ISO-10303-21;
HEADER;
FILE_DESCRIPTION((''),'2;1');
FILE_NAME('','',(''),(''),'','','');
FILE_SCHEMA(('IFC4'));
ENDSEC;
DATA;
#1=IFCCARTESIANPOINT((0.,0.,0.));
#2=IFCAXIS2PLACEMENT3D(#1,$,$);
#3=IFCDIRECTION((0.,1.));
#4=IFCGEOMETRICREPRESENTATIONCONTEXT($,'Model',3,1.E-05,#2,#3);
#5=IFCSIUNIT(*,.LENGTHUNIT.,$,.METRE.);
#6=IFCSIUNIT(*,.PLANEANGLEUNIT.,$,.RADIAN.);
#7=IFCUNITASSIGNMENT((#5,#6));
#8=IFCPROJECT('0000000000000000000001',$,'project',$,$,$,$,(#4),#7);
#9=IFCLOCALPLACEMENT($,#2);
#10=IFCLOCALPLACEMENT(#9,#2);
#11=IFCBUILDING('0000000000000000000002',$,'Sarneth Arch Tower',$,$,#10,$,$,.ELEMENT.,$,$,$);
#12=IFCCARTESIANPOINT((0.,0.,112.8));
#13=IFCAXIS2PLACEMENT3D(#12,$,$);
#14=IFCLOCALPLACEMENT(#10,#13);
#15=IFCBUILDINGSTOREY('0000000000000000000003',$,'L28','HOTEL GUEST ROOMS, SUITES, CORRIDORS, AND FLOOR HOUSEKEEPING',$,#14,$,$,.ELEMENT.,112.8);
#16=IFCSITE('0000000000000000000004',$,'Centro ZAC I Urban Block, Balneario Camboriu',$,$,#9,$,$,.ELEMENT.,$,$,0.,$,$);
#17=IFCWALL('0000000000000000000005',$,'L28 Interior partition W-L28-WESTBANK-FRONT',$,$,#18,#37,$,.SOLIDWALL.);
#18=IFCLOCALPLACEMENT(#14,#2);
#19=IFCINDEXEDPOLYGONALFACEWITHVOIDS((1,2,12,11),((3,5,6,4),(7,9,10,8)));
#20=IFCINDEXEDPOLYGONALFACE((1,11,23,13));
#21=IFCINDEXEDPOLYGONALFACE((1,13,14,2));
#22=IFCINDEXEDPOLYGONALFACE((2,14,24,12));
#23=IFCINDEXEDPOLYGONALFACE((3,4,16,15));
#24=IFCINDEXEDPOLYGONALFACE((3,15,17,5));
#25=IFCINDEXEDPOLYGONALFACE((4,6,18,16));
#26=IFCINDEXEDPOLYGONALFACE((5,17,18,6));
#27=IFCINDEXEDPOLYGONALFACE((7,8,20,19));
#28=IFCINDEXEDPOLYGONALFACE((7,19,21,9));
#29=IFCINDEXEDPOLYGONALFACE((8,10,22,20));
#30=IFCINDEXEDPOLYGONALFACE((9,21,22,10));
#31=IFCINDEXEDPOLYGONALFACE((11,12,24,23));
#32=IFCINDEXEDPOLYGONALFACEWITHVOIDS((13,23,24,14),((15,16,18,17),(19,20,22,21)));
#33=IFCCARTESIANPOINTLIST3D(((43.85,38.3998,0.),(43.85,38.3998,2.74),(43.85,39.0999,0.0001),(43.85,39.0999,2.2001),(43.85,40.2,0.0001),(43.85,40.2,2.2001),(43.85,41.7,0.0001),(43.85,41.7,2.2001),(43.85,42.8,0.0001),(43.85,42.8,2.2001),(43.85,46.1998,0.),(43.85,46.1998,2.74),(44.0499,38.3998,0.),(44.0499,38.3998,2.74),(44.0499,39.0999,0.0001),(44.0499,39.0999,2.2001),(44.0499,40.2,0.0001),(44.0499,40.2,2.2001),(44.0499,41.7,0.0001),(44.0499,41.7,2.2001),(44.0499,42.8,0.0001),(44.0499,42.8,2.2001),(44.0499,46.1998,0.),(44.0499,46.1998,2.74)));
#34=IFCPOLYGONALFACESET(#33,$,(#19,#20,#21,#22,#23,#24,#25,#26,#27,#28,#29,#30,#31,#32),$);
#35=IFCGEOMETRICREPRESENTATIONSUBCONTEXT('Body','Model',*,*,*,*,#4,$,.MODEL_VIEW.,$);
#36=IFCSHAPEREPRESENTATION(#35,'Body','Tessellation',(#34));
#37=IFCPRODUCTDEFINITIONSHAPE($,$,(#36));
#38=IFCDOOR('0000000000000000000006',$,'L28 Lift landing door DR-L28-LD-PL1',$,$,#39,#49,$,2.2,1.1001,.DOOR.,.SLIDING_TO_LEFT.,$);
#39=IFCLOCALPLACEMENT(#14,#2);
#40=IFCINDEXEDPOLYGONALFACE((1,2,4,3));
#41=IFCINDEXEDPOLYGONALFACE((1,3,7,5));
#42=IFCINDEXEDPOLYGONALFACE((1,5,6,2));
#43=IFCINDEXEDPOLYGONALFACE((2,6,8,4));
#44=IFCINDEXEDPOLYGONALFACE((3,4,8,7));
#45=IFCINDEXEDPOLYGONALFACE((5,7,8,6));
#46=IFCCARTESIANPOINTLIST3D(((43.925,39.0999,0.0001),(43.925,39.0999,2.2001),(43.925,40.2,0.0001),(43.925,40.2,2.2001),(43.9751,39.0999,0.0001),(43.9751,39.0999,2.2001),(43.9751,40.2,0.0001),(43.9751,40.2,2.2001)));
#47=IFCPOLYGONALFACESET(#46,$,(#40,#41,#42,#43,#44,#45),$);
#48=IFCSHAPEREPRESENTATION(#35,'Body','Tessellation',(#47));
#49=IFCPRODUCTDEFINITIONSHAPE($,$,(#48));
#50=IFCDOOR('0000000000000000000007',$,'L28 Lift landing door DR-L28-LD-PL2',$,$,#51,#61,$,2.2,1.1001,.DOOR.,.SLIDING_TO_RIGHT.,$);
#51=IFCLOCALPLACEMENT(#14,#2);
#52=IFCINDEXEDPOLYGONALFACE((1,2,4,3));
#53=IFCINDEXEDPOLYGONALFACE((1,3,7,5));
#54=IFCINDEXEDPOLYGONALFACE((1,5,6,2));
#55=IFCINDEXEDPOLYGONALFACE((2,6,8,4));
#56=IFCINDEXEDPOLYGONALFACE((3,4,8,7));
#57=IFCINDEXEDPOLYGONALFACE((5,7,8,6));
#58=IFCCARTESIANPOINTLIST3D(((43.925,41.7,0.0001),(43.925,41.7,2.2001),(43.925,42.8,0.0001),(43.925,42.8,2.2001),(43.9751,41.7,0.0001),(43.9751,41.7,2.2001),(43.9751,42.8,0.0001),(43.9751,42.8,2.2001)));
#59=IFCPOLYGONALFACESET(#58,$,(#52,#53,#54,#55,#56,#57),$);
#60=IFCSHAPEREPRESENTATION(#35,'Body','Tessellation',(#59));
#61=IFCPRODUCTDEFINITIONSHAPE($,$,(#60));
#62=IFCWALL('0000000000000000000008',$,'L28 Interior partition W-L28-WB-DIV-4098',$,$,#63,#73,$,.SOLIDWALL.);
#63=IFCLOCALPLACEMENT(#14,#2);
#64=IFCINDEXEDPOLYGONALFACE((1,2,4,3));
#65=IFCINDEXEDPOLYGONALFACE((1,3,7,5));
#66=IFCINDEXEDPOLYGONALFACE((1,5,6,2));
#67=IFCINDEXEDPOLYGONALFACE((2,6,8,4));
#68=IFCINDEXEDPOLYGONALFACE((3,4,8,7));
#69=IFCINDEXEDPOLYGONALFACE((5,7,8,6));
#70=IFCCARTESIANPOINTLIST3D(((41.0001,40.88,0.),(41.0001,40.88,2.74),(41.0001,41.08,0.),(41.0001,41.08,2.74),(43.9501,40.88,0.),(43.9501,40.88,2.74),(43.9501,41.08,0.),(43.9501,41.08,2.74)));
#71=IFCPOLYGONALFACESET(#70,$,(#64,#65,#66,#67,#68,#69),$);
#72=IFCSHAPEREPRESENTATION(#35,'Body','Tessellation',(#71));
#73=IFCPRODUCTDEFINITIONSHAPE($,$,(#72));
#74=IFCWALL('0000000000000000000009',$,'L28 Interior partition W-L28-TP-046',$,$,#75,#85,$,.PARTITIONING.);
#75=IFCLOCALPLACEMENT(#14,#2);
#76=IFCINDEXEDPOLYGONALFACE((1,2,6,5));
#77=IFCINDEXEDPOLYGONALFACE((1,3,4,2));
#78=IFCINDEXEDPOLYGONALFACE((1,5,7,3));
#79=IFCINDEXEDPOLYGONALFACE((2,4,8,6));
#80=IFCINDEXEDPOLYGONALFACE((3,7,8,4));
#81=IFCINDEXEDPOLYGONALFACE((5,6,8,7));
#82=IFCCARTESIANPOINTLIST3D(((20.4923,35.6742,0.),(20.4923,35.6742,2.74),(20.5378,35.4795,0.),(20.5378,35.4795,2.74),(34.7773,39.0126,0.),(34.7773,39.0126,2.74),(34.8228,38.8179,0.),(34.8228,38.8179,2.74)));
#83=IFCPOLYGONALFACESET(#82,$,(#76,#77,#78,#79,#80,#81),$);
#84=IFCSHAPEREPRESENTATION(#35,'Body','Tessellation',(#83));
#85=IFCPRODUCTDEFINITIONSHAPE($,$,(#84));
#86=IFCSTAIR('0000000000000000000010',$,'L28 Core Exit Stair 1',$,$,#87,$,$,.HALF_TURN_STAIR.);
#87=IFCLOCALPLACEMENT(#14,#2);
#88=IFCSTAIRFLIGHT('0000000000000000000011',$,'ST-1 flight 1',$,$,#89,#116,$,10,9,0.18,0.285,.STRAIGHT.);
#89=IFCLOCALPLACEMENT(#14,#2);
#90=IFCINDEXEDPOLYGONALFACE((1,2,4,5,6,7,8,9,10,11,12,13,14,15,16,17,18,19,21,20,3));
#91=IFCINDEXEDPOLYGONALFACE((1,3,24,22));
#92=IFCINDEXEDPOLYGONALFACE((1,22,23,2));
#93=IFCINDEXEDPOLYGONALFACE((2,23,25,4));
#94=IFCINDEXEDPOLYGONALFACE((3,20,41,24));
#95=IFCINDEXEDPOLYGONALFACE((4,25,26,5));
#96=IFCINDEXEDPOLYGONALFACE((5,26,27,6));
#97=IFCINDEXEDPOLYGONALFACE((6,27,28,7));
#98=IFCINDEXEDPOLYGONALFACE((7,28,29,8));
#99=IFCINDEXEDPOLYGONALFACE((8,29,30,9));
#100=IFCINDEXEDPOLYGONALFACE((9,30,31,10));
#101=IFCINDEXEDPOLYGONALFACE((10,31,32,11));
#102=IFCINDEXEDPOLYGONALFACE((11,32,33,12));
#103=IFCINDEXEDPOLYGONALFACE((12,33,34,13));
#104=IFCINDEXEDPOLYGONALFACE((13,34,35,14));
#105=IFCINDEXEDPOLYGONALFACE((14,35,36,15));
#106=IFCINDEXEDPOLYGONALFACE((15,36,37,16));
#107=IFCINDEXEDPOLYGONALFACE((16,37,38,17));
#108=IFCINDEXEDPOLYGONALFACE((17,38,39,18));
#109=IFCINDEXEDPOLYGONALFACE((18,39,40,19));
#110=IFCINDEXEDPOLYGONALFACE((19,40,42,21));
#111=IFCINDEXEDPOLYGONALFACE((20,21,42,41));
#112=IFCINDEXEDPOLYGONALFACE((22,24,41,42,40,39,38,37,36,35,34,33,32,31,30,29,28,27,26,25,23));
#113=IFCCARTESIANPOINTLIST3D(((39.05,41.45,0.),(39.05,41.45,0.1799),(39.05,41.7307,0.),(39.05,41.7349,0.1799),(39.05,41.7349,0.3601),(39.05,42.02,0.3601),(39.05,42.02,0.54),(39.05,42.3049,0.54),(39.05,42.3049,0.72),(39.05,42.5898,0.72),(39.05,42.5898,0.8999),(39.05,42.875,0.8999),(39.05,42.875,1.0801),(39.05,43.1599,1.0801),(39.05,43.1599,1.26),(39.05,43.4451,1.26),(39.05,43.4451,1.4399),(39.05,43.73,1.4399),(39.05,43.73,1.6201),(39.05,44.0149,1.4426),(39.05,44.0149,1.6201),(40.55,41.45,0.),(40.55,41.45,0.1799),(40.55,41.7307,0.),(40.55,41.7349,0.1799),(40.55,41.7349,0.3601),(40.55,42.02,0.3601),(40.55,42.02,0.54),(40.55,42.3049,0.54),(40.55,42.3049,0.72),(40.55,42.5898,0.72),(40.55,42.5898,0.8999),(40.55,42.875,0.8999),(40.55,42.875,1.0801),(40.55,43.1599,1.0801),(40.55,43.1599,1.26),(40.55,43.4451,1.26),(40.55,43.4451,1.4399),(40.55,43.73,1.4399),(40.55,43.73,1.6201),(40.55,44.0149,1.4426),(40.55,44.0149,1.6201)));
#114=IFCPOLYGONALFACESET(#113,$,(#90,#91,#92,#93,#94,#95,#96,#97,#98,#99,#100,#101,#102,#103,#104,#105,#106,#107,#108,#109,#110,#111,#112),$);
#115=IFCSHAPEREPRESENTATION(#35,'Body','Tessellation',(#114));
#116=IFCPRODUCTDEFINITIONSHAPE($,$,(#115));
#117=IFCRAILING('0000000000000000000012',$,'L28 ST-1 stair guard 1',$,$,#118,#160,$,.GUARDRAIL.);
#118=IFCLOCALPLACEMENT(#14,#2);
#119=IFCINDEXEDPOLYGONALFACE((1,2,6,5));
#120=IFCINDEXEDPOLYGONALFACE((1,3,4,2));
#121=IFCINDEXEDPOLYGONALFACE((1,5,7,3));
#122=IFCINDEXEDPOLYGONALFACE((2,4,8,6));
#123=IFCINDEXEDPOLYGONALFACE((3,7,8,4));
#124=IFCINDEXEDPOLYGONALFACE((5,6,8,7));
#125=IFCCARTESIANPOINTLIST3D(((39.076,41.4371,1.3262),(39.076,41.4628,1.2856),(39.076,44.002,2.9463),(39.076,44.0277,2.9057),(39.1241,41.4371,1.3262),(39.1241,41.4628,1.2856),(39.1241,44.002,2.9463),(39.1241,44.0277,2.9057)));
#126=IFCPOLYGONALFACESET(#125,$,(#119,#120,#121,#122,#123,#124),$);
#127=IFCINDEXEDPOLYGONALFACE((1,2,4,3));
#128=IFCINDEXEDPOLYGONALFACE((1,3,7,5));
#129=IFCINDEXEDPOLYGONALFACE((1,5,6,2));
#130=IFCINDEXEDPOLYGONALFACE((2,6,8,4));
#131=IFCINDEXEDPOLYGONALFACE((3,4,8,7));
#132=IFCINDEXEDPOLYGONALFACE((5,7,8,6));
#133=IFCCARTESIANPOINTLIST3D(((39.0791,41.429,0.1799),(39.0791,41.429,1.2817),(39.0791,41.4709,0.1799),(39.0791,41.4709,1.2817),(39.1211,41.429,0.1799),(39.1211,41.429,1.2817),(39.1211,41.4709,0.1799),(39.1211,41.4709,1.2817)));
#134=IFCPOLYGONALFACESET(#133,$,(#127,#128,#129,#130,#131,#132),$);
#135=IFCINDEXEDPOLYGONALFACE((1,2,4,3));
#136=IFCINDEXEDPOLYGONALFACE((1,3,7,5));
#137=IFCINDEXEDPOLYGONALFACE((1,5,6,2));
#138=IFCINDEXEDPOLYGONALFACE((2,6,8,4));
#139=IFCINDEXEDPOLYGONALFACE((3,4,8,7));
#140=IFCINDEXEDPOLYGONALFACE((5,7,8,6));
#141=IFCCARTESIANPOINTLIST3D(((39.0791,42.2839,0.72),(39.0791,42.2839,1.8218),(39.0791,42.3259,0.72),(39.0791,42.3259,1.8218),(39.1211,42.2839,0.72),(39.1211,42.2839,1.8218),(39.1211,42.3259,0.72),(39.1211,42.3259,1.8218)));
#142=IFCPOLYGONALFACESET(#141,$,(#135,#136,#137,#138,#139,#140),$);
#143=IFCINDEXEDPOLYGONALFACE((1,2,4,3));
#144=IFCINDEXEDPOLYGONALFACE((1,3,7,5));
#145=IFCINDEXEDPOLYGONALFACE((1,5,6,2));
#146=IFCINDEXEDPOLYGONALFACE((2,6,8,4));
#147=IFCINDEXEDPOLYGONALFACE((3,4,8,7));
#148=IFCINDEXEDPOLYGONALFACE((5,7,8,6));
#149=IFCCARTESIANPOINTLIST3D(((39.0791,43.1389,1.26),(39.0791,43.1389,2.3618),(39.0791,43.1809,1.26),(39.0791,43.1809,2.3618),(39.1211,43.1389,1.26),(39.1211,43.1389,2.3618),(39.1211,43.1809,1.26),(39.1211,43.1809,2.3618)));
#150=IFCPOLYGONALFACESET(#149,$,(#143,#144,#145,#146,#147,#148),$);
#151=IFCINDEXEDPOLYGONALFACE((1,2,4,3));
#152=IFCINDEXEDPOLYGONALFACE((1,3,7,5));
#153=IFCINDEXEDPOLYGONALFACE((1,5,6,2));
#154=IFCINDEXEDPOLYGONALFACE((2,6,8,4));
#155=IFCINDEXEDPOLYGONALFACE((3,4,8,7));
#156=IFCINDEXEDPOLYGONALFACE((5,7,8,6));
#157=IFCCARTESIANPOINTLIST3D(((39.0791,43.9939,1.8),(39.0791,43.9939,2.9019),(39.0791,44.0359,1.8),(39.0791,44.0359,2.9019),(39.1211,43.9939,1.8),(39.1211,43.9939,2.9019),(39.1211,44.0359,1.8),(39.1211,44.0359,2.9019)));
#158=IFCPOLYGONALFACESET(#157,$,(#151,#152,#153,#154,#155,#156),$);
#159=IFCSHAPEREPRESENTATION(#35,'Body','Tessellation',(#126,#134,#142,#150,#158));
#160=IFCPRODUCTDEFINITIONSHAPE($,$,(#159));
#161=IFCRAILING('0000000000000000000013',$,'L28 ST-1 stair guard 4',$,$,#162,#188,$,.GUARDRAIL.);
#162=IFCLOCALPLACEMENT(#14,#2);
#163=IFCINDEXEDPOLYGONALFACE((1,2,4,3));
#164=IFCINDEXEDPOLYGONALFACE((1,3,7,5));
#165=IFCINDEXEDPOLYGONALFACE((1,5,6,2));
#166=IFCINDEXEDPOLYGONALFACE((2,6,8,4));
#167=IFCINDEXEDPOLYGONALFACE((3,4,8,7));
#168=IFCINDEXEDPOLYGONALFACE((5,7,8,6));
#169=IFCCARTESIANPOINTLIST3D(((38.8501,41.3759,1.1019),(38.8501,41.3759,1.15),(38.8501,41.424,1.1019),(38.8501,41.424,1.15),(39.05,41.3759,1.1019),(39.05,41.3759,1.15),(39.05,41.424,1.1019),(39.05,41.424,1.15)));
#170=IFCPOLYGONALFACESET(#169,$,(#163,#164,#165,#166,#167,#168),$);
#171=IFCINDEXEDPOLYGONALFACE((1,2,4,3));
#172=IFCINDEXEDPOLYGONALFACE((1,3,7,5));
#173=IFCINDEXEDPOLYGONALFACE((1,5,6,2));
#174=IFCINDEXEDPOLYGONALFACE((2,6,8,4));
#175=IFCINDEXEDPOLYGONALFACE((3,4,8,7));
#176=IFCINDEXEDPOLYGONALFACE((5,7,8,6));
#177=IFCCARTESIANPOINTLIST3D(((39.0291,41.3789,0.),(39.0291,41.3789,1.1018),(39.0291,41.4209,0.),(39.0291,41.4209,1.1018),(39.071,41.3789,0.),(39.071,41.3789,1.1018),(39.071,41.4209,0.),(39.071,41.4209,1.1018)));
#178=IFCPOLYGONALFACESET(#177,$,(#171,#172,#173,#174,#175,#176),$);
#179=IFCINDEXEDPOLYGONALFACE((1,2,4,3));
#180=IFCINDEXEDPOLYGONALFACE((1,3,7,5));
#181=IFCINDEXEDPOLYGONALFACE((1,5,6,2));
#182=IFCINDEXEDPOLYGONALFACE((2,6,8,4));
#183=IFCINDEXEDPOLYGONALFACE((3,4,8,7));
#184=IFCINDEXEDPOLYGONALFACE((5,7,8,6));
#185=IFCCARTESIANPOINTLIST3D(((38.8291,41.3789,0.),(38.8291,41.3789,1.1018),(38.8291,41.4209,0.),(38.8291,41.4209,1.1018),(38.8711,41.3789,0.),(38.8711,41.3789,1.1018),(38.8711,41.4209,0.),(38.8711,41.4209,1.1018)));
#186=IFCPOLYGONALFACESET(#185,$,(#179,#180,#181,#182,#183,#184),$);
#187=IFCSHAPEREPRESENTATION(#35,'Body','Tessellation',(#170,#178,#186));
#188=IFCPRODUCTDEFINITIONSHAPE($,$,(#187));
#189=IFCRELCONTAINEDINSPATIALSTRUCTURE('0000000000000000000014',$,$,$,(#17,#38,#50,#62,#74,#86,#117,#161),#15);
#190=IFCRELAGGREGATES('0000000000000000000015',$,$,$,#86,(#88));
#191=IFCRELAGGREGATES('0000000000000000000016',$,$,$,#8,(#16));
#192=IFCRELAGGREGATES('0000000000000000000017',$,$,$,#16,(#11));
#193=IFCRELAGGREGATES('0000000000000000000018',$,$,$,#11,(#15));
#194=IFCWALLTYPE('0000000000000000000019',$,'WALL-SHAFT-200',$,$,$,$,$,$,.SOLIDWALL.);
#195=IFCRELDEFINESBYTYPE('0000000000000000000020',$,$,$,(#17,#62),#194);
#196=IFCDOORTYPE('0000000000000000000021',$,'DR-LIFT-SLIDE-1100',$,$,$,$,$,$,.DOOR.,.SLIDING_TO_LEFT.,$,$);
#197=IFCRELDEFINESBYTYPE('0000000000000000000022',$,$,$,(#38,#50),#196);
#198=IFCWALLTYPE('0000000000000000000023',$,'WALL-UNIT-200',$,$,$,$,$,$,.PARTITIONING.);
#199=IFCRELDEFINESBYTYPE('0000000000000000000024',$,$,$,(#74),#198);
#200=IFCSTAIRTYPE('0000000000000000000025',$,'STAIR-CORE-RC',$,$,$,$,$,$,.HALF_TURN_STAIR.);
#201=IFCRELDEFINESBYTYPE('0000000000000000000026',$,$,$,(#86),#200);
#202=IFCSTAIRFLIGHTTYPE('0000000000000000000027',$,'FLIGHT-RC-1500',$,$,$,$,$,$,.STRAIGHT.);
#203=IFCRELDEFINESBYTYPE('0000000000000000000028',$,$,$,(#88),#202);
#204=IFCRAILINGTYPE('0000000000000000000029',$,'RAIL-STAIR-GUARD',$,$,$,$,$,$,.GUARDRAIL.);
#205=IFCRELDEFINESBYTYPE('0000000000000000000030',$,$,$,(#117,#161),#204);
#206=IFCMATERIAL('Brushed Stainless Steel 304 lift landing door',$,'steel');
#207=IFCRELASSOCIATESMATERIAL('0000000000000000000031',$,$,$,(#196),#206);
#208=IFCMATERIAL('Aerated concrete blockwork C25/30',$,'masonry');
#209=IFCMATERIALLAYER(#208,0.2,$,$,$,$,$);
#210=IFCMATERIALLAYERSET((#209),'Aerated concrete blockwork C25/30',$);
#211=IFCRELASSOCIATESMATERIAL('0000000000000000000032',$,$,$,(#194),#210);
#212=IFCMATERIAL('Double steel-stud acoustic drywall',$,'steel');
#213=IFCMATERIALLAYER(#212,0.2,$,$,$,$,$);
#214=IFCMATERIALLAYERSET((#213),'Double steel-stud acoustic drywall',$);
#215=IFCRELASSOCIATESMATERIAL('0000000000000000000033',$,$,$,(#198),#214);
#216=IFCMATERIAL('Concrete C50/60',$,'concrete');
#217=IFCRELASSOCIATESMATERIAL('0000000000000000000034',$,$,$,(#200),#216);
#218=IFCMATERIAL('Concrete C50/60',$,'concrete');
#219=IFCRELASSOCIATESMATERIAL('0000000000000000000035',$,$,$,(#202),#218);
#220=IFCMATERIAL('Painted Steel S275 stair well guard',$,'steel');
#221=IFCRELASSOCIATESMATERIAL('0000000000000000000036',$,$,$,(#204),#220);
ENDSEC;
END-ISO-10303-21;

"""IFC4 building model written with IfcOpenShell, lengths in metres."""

from ifc_helpers import new_model, si_unit, direction, frame, frame_2d, origin, origin_2d, place, context, subcontext, project, spatial, polyline, rectangle, outline, extrude, material, layer, layer_set, type_object, element, fill, aggregate, save


model = new_model("IFC4")

# Units and contexts
model_context = context("Model", 3, precision=1e-05, world=origin(), true_north=direction((0.0, 1.0)))
body_context = subcontext(model_context, "Body", "Model", "MODEL_VIEW")
ifc_project = project(units=[si_unit("LENGTHUNIT", "METRE"), si_unit("PLANEANGLEUNIT", "RADIAN")], contexts=[model_context])

# Site, building, storey
site_placement = place(None, origin())
site = spatial("IfcSite", under=ifc_project, at=site_placement, Name="Centro ZAC I Urban Block, Balneario Camboriu", CompositionType="ELEMENT", RefElevation=0.0)
building_placement = place(site_placement, origin())
building = spatial("IfcBuilding", under=site, at=building_placement, Name="Sarneth Arch Tower", CompositionType="ELEMENT")
storey_placement = place(building_placement, frame((0.0, 0.0, 112.8)))
storey = spatial("IfcBuildingStorey", under=building, at=storey_placement, Name="L28", Description="HOTEL GUEST ROOMS, SUITES, CORRIDORS, AND FLOOR HOUSEKEEPING", CompositionType="ELEMENT", Elevation=112.8)

# Shared definitions
ifc_material_1 = material(Name="Brushed Stainless Steel 304 lift landing door", Category="steel")
door_type_1 = type_object("IfcDoorType", Name="DR-LIFT-SLIDE-1100", OperationType="SLIDING_TO_LEFT", PredefinedType="DOOR", material=ifc_material_1)

# Shared definitions
ifc_material_2 = material(Name="Aerated concrete blockwork C25/30", Category="masonry")
ifc_layer_1 = layer(ifc_material_2, 0.2)
ifc_layer_set_1 = layer_set([ifc_layer_1], Name="Aerated concrete blockwork C25/30")
wall_type_1 = type_object("IfcWallType", Name="WALL-SHAFT-200", PredefinedType="SOLIDWALL", material=ifc_layer_set_1)

# Wall, openings, doors
wall_1_placement = place(storey_placement, frame((43.95, 38.3999, 0.0), z_axis=(0.0, 0.0, 1.0), x_axis=(0.0, 1.0, 0.0)))
wall_1 = element("IfcWall", 1, at=wall_1_placement, inside=storey, type_object=wall_type_1, Name="L28 Interior partition W-L28-WESTBANK-FRONT", PredefinedType="SOLIDWALL", context=body_context, shape_type="SweptSolid", body=[
    extrude(rectangle(XDim=7.8, YDim=0.2, at=frame_2d((3.8999, 0.0))), origin(), (0.0, 0.0, 1.0), 2.74),
])
opening_1_placement = place(wall_1_placement, frame((0.7, 0.0, 0.0)))
opening_1 = element("IfcOpeningElement", 2, at=opening_1_placement, cuts=wall_1, PredefinedType="OPENING", context=body_context, shape_type="SweptSolid", body=[
    extrude(rectangle(XDim=1.1001, YDim=2.2, at=frame_2d((0.55, 1.1001))), frame((0.0, 0.1099, 0.0), z_axis=(0.0, -1.0, 0.0), x_axis=(1.0, 0.0, 0.0)), (0.0, 0.0, 1.0), 0.22),
])
opening_2_placement = place(wall_1_placement, frame((3.3, 0.0, 0.0)))
opening_2 = element("IfcOpeningElement", 3, at=opening_2_placement, cuts=wall_1, PredefinedType="OPENING", context=body_context, shape_type="SweptSolid", body=[
    extrude(rectangle(XDim=1.1001, YDim=2.2, at=frame_2d((0.55, 1.1001))), frame((0.0, 0.1099, 0.0), z_axis=(0.0, -1.0, 0.0), x_axis=(1.0, 0.0, 0.0)), (0.0, 0.0, 1.0), 0.22),
])
door_1_placement = place(opening_1_placement, origin())
door_1 = element("IfcDoor", 4, at=door_1_placement, inside=storey, type_object=door_type_1, Name="L28 Lift landing door DR-L28-LD-PL1", OperationType="SLIDING_TO_LEFT", OverallHeight=2.2, OverallWidth=1.1001, PredefinedType="DOOR", context=body_context, shape_type="SweptSolid", body=[
    extrude(rectangle(XDim=1.1001, YDim=2.2, at=frame_2d((0.55, 1.1001))), frame((0.0, 0.0249, 0.0), z_axis=(0.0, -1.0, 0.0), x_axis=(1.0, 0.0, 0.0)), (0.0, 0.0, 1.0), 0.05),
])
fill(opening_1, door_1)
door_2_placement = place(opening_2_placement, origin())
door_2 = element("IfcDoor", 5, at=door_2_placement, inside=storey, type_object=door_type_1, Name="L28 Lift landing door DR-L28-LD-PL2", OperationType="SLIDING_TO_RIGHT", OverallHeight=2.2, OverallWidth=1.1001, PredefinedType="DOOR", context=body_context, shape_type="SweptSolid", body=[
    extrude(rectangle(XDim=1.1001, YDim=2.2, at=frame_2d((0.55, 1.1001))), frame((0.0, 0.0249, 0.0), z_axis=(0.0, -1.0, 0.0), x_axis=(1.0, 0.0, 0.0)), (0.0, 0.0, 1.0), 0.05),
])
fill(opening_2, door_2)

# Walls
wall_2_placement = place(storey_placement, frame((41.0, 40.98, 0.0), z_axis=(0.0, 0.0, 1.0), x_axis=(1.0, 0.0, 0.0)))
element("IfcWall", 6, at=wall_2_placement, inside=storey, type_object=wall_type_1, Name="L28 Interior partition W-L28-WB-DIV-4098", PredefinedType="SOLIDWALL", context=body_context, shape_type="SweptSolid", body=[
    extrude(rectangle(XDim=2.95, YDim=0.2, at=frame_2d((1.4751, 0.0))), origin(), (0.0, 0.0, 1.0), 2.74),
])
ifc_material_3 = material(Name="Double steel-stud acoustic drywall", Category="steel")
ifc_layer_2 = layer(ifc_material_3, 0.2)
ifc_layer_set_2 = layer_set([ifc_layer_2], Name="Double steel-stud acoustic drywall")
wall_type_2 = type_object("IfcWallType", Name="WALL-UNIT-200", PredefinedType="PARTITIONING", material=ifc_layer_set_2)
wall_3_placement = place(storey_placement, frame((34.8, 38.9153, 0.0), z_axis=(0.0, 0.0, 1.0), x_axis=(-0.973762, -0.227568, 0.0)))
element("IfcWall", 7, at=wall_3_placement, inside=storey, type_object=wall_type_2, Name="L28 Interior partition W-L28-TP-046", PredefinedType="PARTITIONING", context=body_context, shape_type="SweptSolid", body=[
    extrude(rectangle(XDim=14.6699, YDim=0.2, at=frame_2d((7.335, 0.0))), origin(), (0.0, 0.0, 1.0), 2.74),
])

# Stair, stair flight
ifc_material_4 = material(Name="Concrete C50/60", Category="concrete")
stair_type = type_object("IfcStairType", Name="STAIR-CORE-RC", PredefinedType="HALF_TURN_STAIR", material=ifc_material_4)
stair_placement = place(storey_placement, origin())
stair = element("IfcStair", 8, at=stair_placement, inside=storey, type_object=stair_type, Name="L28 Core Exit Stair 1", PredefinedType="HALF_TURN_STAIR")
ifc_material_5 = material(Name="Concrete C50/60", Category="concrete")
stair_flight_type = type_object("IfcStairFlightType", Name="FLIGHT-RC-1500", PredefinedType="STRAIGHT", material=ifc_material_5)
stair_flight_placement = place(storey_placement, frame((39.8, 41.45, 0.0), z_axis=(0.0, 0.0, 1.0), x_axis=(0.0, 1.0, 0.0)))
stair_flight = element("IfcStairFlight", 9, at=stair_flight_placement, type_object=stair_flight_type, Name="ST-1 flight 1", NumberOfRisers=10, NumberOfTreads=9, PredefinedType="STRAIGHT", RiserHeight=0.18, TreadLength=0.285, context=body_context, shape_type="SweptSolid", body=[
    extrude(outline(polyline([(0.0, 0.0), (0.0, 0.1799), (0.2849, 0.1799), (0.2849, 0.3601), (0.5701, 0.3601), (0.5701, 0.54), (0.855, 0.54), (0.855, 0.72), (1.1399, 0.72), (1.1399, 0.8999), (1.425, 0.8999), (1.425, 1.0801), (1.71, 1.0801), (1.71, 1.26), (1.9951, 1.26), (1.9951, 1.4399), (2.28, 1.4399), (2.28, 1.6201), (2.5649, 1.6201), (2.5649, 1.8), (2.5649, 1.4426), (0.2808, 0.0), (0.0, 0.0)])), frame((0.0, 0.75, 0.0), z_axis=(0.0, -1.0, 0.0), x_axis=(1.0, 0.0, 0.0)), (0.0, 0.0, 1.0), 1.5),
])
aggregate(stair, [stair_flight])

# Railings
ifc_material_6 = material(Name="Painted Steel S275 stair well guard", Category="steel")
railing_type = type_object("IfcRailingType", Name="RAIL-STAIR-GUARD", PredefinedType="GUARDRAIL", material=ifc_material_6)
railing_1_placement = place(storey_placement, frame((39.1001, 41.45, 0.1799)))
element("IfcRailing", 10, at=railing_1_placement, inside=storey, type_object=railing_type, Name="L28 ST-1 stair guard 1", PredefinedType="GUARDRAIL", context=body_context, shape_type="SweptSolid", body=[
    extrude(rectangle(XDim=0.0481, YDim=0.0481, at=origin_2d()), frame((0.0, 0.0, 1.126), z_axis=(0.0, 0.845466, 0.534029), x_axis=(-1.0, 0.0, 0.0)), (0.0, 0.0, 1.0), 3.0337),
    extrude(rectangle(XDim=0.042, YDim=0.042, at=origin_2d()), origin(), (0.0, 0.0, 1.0), 1.1018),
    extrude(rectangle(XDim=0.042, YDim=0.042, at=origin_2d()), frame((0.0, 0.855, 0.54)), (0.0, 0.0, 1.0), 1.1018),
    extrude(rectangle(XDim=0.042, YDim=0.042, at=origin_2d()), frame((0.0, 1.71, 1.0801)), (0.0, 0.0, 1.0), 1.1018),
    extrude(rectangle(XDim=0.042, YDim=0.042, at=origin_2d()), frame((0.0, 2.5649, 1.6201)), (0.0, 0.0, 1.0), 1.1018),
])
railing_2_placement = place(storey_placement, frame((39.05, 41.3999, 0.0)))
element("IfcRailing", 11, at=railing_2_placement, inside=storey, type_object=railing_type, Name="L28 ST-1 stair guard 4", PredefinedType="GUARDRAIL", context=body_context, shape_type="SweptSolid", body=[
    extrude(rectangle(XDim=0.0481, YDim=0.0481, at=origin_2d()), frame((0.0, 0.0, 1.126), z_axis=(-1.0, 0.0, 0.0), x_axis=(0.0, -1.0, 0.0)), (0.0, 0.0, 1.0), 0.2),
    extrude(rectangle(XDim=0.042, YDim=0.042, at=origin_2d()), origin(), (0.0, 0.0, 1.0), 1.1018),
    extrude(rectangle(XDim=0.042, YDim=0.042, at=origin_2d()), frame((-0.2, 0.0, 0.0)), (0.0, 0.0, 1.0), 1.1018),
])

save(model, "model.ifc")
